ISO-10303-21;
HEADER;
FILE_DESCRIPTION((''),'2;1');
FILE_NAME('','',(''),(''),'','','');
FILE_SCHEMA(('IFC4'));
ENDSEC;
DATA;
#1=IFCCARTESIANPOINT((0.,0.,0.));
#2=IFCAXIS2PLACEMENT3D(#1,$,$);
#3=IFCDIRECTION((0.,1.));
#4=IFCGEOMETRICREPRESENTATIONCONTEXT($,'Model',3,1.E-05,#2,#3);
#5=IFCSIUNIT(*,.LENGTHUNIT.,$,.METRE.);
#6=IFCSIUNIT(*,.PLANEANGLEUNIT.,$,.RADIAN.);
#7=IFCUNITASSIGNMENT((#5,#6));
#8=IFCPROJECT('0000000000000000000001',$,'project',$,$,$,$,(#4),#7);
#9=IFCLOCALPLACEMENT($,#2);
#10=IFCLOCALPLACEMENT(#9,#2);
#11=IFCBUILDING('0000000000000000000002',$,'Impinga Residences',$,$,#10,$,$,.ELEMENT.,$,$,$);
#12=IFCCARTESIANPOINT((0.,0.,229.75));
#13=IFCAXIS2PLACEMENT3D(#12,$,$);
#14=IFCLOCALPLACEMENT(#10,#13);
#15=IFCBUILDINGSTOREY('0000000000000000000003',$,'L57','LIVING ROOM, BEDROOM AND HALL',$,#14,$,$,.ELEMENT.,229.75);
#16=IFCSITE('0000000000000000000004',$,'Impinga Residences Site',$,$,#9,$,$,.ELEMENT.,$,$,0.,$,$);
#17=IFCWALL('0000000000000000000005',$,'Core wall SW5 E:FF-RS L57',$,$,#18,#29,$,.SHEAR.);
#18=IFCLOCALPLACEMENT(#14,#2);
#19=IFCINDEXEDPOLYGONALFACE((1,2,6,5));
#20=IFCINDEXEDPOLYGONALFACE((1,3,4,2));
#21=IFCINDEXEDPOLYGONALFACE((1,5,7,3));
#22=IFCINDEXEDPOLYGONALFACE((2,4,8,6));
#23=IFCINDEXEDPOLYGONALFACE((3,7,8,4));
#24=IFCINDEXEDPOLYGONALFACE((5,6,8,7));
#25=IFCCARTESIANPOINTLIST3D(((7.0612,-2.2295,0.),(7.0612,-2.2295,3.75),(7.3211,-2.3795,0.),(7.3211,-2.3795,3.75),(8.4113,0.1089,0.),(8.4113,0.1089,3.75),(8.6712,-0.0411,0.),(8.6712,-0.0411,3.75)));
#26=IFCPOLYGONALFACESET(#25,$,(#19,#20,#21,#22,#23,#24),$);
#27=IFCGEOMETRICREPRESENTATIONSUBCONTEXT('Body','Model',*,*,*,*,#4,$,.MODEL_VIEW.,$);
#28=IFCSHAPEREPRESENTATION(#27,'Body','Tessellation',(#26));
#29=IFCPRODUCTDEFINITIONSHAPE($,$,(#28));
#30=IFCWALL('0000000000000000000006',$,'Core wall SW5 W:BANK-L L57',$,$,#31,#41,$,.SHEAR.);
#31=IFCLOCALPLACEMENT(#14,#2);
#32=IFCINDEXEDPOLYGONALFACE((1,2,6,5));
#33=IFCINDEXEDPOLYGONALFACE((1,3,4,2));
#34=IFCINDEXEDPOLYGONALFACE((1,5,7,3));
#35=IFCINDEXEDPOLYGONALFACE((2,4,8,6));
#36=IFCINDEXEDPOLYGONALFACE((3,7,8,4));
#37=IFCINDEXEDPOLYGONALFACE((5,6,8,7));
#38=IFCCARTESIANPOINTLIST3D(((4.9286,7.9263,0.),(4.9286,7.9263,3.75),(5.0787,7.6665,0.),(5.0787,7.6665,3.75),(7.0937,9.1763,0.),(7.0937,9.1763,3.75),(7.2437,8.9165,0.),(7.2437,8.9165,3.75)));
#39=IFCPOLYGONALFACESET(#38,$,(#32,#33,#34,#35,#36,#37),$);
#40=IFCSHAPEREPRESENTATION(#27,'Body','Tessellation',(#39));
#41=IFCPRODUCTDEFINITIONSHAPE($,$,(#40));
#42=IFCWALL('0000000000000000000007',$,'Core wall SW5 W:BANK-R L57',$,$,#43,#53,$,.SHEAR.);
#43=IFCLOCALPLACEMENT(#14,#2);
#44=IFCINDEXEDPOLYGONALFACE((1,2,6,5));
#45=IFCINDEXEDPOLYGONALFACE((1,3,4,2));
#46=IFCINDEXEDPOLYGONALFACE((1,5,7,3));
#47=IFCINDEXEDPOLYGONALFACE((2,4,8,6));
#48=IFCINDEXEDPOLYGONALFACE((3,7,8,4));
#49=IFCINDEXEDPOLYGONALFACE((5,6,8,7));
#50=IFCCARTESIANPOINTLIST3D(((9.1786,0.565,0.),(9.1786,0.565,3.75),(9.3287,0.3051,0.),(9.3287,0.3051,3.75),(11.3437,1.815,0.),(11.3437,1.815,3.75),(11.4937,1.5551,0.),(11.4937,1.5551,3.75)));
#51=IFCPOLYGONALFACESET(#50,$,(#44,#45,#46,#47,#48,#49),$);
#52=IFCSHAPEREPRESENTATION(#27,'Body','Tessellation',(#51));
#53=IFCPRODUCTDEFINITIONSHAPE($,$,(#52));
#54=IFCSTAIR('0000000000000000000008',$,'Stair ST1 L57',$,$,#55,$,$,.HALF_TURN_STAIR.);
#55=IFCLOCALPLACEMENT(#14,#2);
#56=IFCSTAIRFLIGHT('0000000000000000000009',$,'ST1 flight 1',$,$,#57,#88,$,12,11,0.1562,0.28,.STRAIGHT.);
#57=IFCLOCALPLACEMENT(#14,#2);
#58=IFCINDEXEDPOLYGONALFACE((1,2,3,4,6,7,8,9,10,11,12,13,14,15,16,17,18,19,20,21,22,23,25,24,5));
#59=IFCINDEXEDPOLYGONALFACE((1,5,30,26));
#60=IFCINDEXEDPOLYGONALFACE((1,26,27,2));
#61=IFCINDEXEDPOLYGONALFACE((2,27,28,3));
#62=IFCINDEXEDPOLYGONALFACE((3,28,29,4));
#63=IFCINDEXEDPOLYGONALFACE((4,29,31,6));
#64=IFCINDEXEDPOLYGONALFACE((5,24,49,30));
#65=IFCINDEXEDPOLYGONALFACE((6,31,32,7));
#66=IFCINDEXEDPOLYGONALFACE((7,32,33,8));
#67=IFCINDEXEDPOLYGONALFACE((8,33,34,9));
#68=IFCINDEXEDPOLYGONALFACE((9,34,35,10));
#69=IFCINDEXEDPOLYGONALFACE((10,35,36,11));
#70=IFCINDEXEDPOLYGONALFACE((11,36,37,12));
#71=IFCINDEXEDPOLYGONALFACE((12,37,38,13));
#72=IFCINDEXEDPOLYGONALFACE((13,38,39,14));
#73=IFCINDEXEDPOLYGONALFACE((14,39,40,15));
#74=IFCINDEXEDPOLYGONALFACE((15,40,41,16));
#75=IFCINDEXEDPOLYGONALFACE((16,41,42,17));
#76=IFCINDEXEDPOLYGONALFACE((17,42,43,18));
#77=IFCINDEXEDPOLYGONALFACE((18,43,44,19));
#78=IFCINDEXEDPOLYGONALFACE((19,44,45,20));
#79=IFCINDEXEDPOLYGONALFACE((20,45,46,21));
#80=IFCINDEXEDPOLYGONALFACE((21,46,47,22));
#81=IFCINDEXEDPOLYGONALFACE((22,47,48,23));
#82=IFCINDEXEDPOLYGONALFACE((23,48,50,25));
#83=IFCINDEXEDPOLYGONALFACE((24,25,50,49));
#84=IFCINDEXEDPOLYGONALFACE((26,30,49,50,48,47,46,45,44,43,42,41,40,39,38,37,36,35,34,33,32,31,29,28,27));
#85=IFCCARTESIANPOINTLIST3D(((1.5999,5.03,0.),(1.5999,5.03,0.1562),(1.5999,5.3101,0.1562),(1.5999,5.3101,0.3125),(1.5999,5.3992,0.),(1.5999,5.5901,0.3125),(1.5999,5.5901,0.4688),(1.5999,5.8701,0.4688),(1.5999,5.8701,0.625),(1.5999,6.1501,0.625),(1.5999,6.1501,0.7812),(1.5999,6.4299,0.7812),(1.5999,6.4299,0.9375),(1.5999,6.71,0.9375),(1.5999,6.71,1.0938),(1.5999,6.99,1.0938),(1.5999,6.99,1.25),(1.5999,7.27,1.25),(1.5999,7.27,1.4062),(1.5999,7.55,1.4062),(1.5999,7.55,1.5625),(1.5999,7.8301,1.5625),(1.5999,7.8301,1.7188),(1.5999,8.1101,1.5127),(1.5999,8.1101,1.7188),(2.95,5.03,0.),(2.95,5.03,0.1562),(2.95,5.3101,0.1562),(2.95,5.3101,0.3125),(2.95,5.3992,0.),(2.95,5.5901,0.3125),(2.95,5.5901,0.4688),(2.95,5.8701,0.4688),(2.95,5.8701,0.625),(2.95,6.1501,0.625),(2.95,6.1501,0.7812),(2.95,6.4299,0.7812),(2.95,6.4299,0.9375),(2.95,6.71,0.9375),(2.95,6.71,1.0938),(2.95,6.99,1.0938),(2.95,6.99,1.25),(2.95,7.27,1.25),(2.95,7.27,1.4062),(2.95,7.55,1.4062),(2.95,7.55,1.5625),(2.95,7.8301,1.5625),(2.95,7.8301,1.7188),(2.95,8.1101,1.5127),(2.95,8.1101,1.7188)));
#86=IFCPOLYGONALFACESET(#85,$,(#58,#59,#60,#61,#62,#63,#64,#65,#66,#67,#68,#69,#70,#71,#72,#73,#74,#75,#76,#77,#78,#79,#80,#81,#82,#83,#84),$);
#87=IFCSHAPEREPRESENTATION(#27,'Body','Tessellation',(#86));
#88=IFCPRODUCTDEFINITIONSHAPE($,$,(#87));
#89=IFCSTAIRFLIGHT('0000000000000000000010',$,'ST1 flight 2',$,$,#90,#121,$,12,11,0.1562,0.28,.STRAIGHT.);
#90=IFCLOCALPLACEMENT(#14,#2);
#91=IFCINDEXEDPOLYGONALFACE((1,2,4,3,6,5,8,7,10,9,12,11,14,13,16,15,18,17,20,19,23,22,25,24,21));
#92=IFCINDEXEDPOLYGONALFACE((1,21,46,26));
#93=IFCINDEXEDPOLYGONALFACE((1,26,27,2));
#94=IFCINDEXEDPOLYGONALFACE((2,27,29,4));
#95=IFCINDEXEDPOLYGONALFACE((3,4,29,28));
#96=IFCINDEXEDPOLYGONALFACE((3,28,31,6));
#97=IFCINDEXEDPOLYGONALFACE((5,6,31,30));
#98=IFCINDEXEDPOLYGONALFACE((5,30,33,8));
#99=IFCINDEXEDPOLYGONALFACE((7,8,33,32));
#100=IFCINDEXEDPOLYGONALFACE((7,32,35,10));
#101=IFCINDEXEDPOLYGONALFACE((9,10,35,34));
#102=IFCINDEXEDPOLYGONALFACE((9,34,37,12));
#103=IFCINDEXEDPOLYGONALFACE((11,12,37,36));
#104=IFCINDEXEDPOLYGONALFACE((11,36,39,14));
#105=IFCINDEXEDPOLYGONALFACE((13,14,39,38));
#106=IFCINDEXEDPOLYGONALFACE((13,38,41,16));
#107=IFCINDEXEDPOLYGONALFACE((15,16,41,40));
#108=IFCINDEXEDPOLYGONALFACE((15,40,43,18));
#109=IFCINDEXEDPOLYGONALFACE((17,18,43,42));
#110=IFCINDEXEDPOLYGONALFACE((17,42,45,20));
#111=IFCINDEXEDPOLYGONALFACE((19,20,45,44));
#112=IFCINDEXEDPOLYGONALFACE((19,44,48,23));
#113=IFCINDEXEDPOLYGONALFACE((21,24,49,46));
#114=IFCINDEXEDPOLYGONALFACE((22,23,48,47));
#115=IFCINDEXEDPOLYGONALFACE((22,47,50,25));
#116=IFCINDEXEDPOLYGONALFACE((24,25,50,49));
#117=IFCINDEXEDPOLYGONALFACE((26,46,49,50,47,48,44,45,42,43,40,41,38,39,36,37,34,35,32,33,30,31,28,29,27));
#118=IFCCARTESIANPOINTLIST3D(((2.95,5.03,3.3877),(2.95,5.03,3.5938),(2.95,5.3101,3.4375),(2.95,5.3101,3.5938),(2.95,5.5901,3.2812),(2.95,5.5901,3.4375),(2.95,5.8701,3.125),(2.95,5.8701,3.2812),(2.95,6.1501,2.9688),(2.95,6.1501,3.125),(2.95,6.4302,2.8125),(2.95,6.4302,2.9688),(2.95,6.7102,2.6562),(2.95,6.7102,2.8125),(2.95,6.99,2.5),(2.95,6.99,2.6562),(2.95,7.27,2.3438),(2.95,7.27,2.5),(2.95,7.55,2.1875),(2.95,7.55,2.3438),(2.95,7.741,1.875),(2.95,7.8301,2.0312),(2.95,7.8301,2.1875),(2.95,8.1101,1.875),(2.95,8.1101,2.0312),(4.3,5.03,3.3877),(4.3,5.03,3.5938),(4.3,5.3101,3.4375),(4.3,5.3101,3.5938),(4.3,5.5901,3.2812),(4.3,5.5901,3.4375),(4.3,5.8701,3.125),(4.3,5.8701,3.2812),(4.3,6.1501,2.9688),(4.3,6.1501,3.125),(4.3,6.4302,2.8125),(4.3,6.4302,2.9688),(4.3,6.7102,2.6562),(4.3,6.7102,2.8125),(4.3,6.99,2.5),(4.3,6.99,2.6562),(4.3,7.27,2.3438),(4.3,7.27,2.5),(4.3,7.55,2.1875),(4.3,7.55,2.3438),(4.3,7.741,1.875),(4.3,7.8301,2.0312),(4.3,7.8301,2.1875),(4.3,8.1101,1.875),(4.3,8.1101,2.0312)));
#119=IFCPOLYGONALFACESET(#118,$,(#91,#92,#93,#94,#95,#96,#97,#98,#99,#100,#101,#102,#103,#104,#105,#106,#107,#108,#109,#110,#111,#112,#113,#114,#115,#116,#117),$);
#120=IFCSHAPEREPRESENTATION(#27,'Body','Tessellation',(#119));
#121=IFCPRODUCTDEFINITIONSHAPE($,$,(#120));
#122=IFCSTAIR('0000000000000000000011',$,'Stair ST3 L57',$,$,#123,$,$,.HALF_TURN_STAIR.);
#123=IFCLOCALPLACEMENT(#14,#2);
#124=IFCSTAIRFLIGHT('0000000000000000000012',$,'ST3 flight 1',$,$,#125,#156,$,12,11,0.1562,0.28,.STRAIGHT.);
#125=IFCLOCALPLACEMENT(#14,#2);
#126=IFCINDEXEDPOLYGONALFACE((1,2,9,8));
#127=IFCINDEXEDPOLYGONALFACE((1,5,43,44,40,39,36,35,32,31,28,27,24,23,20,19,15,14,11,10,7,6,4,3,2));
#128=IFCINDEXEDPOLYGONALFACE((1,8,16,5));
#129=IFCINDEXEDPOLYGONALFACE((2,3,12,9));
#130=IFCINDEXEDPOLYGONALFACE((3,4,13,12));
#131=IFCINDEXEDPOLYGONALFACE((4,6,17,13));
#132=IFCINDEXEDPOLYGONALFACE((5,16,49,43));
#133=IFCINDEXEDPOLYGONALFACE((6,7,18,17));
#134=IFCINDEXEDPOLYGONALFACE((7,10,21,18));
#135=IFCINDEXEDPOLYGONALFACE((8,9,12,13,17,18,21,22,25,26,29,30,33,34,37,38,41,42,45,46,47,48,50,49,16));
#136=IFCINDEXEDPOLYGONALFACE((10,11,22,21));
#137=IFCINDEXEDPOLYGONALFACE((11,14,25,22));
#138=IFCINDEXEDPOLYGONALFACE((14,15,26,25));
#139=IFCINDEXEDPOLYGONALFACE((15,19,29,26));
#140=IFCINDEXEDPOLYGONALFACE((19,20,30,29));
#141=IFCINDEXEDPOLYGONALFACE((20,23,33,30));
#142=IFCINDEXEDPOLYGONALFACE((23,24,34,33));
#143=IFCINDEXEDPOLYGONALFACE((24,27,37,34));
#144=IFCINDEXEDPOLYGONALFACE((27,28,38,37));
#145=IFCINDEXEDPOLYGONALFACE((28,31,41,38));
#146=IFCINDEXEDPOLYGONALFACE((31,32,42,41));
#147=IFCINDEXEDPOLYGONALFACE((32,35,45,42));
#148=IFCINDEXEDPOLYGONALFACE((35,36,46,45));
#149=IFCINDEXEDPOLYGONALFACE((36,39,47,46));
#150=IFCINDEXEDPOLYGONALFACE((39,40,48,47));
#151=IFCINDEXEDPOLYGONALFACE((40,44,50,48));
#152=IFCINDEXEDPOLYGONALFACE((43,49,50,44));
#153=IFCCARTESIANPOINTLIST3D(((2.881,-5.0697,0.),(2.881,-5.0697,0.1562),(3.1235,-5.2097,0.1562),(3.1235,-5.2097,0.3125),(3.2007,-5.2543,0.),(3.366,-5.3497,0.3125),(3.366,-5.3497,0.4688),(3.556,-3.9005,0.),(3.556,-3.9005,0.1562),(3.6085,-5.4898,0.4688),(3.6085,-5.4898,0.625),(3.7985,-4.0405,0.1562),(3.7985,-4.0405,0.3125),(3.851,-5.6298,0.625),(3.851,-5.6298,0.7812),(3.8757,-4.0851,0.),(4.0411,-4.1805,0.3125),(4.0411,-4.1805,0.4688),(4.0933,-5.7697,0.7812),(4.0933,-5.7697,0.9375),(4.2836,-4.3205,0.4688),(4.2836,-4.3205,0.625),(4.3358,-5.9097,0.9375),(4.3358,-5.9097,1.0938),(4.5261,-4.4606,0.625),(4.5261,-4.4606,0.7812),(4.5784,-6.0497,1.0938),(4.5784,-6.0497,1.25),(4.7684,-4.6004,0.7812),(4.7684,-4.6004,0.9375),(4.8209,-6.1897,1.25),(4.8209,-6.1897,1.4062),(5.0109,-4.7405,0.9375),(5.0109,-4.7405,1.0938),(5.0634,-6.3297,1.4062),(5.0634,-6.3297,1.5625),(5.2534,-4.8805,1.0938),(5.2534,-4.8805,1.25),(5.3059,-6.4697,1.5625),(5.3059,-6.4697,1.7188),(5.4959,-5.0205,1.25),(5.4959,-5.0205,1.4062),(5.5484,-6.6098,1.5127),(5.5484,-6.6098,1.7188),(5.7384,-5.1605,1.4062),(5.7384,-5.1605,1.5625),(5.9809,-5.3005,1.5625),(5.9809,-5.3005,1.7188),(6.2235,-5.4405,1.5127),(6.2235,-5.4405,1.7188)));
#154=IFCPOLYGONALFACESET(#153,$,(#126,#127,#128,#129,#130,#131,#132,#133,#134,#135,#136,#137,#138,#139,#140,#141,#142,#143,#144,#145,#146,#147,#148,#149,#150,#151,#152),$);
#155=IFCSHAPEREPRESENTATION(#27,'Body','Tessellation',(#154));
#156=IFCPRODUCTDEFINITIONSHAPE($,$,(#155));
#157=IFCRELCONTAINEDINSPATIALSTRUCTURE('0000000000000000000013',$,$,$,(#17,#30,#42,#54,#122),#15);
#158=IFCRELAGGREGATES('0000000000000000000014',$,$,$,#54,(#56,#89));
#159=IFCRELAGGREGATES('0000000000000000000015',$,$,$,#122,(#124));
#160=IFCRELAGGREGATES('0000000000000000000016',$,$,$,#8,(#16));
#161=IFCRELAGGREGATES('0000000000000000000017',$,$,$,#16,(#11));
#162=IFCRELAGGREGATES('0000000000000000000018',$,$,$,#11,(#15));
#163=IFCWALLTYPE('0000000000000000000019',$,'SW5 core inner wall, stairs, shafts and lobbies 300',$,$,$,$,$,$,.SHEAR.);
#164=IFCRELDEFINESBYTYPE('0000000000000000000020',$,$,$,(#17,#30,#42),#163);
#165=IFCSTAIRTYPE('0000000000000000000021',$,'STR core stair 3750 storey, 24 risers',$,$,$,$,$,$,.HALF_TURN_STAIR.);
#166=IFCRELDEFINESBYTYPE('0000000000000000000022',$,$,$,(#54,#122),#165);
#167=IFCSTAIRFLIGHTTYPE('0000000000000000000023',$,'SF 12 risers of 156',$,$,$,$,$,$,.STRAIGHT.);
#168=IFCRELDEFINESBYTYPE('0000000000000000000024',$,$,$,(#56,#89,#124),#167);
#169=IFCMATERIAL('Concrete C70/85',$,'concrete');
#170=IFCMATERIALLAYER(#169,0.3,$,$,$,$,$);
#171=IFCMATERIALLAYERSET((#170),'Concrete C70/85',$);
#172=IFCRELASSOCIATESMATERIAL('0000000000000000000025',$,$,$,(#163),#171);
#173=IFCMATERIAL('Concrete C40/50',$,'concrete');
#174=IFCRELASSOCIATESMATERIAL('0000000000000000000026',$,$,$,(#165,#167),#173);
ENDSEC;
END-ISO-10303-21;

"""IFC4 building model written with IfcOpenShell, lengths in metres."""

from ifc_helpers import new_model, si_unit, direction, frame, frame_2d, origin, place, context, subcontext, project, spatial, polyline, rectangle, outline, extrude, material, layer, layer_set, type_object, element, aggregate, save


model = new_model("IFC4")

# Units and contexts
model_context = context("Model", 3, precision=1e-05, world=origin(), true_north=direction((0.0, 1.0)))
body_context = subcontext(model_context, "Body", "Model", "MODEL_VIEW")
ifc_project = project(units=[si_unit("LENGTHUNIT", "METRE"), si_unit("PLANEANGLEUNIT", "RADIAN")], contexts=[model_context])

# Site, building, storey
site_placement = place(None, origin())
site = spatial("IfcSite", under=ifc_project, at=site_placement, Name="Impinga Residences Site", CompositionType="ELEMENT", RefElevation=0.0)
building_placement = place(site_placement, origin())
building = spatial("IfcBuilding", under=site, at=building_placement, Name="Impinga Residences", CompositionType="ELEMENT")
storey_placement = place(building_placement, frame((0.0, 0.0, 229.75)))
storey = spatial("IfcBuildingStorey", under=building, at=storey_placement, Name="L57", Description="LIVING ROOM, BEDROOM AND HALL", CompositionType="ELEMENT", Elevation=229.75)

# Shared definitions
ifc_material_1 = material(Name="Concrete C70/85", Category="concrete")
ifc_layer_1 = layer(ifc_material_1, 0.3)
ifc_layer_set_1 = layer_set([ifc_layer_1], Name="Concrete C70/85")
wall_type_1 = type_object("IfcWallType", Name="SW5 core inner wall, stairs, shafts and lobbies 300", PredefinedType="SHEAR", material=ifc_layer_set_1)

# Walls
wall_1_placement = place(storey_placement, frame((8.5413, 0.0339, 0.0), z_axis=(0.0, 0.0, 1.0), x_axis=(-0.500009, -0.86602, 0.0)))
element("IfcWall", 1, at=wall_1_placement, inside=storey, type_object=wall_type_1, Name="Core wall SW5 E:FF-RS L57", PredefinedType="SHEAR", context=body_context, shape_type="SweptSolid", body=[
    extrude(rectangle(XDim=2.7002, YDim=0.3, at=frame_2d((1.3501, 0.0))), origin(), (0.0, 0.0, 1.0), 3.75),
])
for number, where, z_axis, x_axis, name in (
    (2, (5.0037, 7.7964, 0.0), (0.0, 0.0, 1.0), (0.866023, 0.500004, 0.0), "Core wall SW5 W:BANK-L L57"),
    (3, (9.2537, 0.4351, 0.0), (0.0, 0.0, 1.0), (0.866023, 0.500004, 0.0), "Core wall SW5 W:BANK-R L57"),
):
    element("IfcWall", number, at=place(storey_placement, frame(where, z_axis=z_axis, x_axis=x_axis)), inside=storey, type_object=wall_type_1, Name=name, PredefinedType="SHEAR", context=body_context, shape_type="SweptSolid", body=[
        extrude(rectangle(XDim=2.5, YDim=0.3, at=frame_2d((1.25, 0.0))), origin(), (0.0, 0.0, 1.0), 3.75),
    ])

# Stair, stair flights
ifc_material_2 = material(Name="Concrete C40/50", Category="concrete")
stair_type = type_object("IfcStairType", Name="STR core stair 3750 storey, 24 risers", PredefinedType="HALF_TURN_STAIR", material=ifc_material_2)
stair_1_placement = place(storey_placement, origin())
stair_1 = element("IfcStair", 4, at=stair_1_placement, inside=storey, type_object=stair_type, Name="Stair ST1 L57", PredefinedType="HALF_TURN_STAIR")
stair_flight_type = type_object("IfcStairFlightType", Name="SF 12 risers of 156", PredefinedType="STRAIGHT", material=ifc_material_2)
stair_flight_1_placement = place(storey_placement, frame((2.2749, 5.03, 0.0), z_axis=(0.0, 0.0, 1.0), x_axis=(0.0, 1.0, 0.0)))
stair_flight_1 = element("IfcStairFlight", 5, at=stair_flight_1_placement, type_object=stair_flight_type, Name="ST1 flight 1", NumberOfRisers=12, NumberOfTreads=11, PredefinedType="STRAIGHT", RiserHeight=0.1562, TreadLength=0.28, context=body_context, shape_type="SweptSolid", body=[
    extrude(outline(polyline([(0.0, 0.0), (0.0, 0.1562), (0.28, 0.1562), (0.28, 0.3125), (0.5601, 0.3125), (0.5601, 0.4688), (0.8401, 0.4688), (0.8401, 0.625), (1.1201, 0.625), (1.1201, 0.7812), (1.3999, 0.7812), (1.3999, 0.9375), (1.6799, 0.9375), (1.6799, 1.0938), (1.96, 1.0938), (1.96, 1.25), (2.24, 1.25), (2.24, 1.4062), (2.52, 1.4062), (2.52, 1.5625), (2.8, 1.5625), (2.8, 1.7188), (3.0801, 1.7188), (3.0801, 1.875), (3.0801, 1.5127), (0.3691, 0.0), (0.0, 0.0)])), frame((0.0, 0.675, 0.0), z_axis=(0.0, -1.0, 0.0), x_axis=(1.0, 0.0, 0.0)), (0.0, 0.0, 1.0), 1.3501),
])
stair_flight_2_placement = place(storey_placement, frame((3.625, 8.1101, 1.875), z_axis=(0.0, 0.0, 1.0), x_axis=(0.0, -1.0, 0.0)))
stair_flight_2 = element("IfcStairFlight", 6, at=stair_flight_2_placement, type_object=stair_flight_type, Name="ST1 flight 2", NumberOfRisers=12, NumberOfTreads=11, PredefinedType="STRAIGHT", RiserHeight=0.1562, TreadLength=0.28, context=body_context, shape_type="SweptSolid", body=[
    extrude(outline(polyline([(0.0, 0.0), (0.0, 0.1562), (0.28, 0.1562), (0.28, 0.3125), (0.5601, 0.3125), (0.5601, 0.4688), (0.8401, 0.4688), (0.8401, 0.625), (1.1201, 0.625), (1.1201, 0.7812), (1.3999, 0.7812), (1.3999, 0.9375), (1.6799, 0.9375), (1.6799, 1.0938), (1.96, 1.0938), (1.96, 1.25), (2.24, 1.25), (2.24, 1.4062), (2.52, 1.4062), (2.52, 1.5625), (2.8, 1.5625), (2.8, 1.7188), (3.0801, 1.7188), (3.0801, 1.875), (3.0801, 1.5127), (0.3691, 0.0), (0.0, 0.0)])), frame((0.0, 0.675, 0.0), z_axis=(0.0, -1.0, 0.0), x_axis=(1.0, 0.0, 0.0)), (0.0, 0.0, 1.0), 1.3501),
])
aggregate(stair_1, [stair_flight_1, stair_flight_2])

# Stair, stair flight
stair_2_placement = place(storey_placement, origin())
stair_2 = element("IfcStair", 7, at=stair_2_placement, inside=storey, type_object=stair_type, Name="Stair ST3 L57", PredefinedType="HALF_TURN_STAIR")
stair_flight_3_placement = place(storey_placement, frame((3.2185, -4.4851, 0.0), z_axis=(0.0, 0.0, 1.0), x_axis=(0.866025, -0.5, 0.0)))
stair_flight_3 = element("IfcStairFlight", 8, at=stair_flight_3_placement, type_object=stair_flight_type, Name="ST3 flight 1", NumberOfRisers=12, NumberOfTreads=11, PredefinedType="STRAIGHT", RiserHeight=0.1562, TreadLength=0.28, context=body_context, shape_type="SweptSolid", body=[
    extrude(outline(polyline([(0.0, 0.0), (0.0, 0.1562), (0.28, 0.1562), (0.28, 0.3125), (0.5601, 0.3125), (0.5601, 0.4688), (0.8401, 0.4688), (0.8401, 0.625), (1.1201, 0.625), (1.1201, 0.7812), (1.3999, 0.7812), (1.3999, 0.9375), (1.6799, 0.9375), (1.6799, 1.0938), (1.96, 1.0938), (1.96, 1.25), (2.24, 1.25), (2.24, 1.4062), (2.52, 1.4062), (2.52, 1.5625), (2.8, 1.5625), (2.8, 1.7188), (3.0801, 1.7188), (3.0801, 1.875), (3.0801, 1.5127), (0.3691, 0.0), (0.0, 0.0)])), frame((0.0, 0.675, 0.0), z_axis=(0.0, -1.0, 0.0), x_axis=(1.0, 0.0, 0.0)), (0.0, 0.0, 1.0), 1.3501),
])
aggregate(stair_2, [stair_flight_3])

save(model, "model.ifc")
